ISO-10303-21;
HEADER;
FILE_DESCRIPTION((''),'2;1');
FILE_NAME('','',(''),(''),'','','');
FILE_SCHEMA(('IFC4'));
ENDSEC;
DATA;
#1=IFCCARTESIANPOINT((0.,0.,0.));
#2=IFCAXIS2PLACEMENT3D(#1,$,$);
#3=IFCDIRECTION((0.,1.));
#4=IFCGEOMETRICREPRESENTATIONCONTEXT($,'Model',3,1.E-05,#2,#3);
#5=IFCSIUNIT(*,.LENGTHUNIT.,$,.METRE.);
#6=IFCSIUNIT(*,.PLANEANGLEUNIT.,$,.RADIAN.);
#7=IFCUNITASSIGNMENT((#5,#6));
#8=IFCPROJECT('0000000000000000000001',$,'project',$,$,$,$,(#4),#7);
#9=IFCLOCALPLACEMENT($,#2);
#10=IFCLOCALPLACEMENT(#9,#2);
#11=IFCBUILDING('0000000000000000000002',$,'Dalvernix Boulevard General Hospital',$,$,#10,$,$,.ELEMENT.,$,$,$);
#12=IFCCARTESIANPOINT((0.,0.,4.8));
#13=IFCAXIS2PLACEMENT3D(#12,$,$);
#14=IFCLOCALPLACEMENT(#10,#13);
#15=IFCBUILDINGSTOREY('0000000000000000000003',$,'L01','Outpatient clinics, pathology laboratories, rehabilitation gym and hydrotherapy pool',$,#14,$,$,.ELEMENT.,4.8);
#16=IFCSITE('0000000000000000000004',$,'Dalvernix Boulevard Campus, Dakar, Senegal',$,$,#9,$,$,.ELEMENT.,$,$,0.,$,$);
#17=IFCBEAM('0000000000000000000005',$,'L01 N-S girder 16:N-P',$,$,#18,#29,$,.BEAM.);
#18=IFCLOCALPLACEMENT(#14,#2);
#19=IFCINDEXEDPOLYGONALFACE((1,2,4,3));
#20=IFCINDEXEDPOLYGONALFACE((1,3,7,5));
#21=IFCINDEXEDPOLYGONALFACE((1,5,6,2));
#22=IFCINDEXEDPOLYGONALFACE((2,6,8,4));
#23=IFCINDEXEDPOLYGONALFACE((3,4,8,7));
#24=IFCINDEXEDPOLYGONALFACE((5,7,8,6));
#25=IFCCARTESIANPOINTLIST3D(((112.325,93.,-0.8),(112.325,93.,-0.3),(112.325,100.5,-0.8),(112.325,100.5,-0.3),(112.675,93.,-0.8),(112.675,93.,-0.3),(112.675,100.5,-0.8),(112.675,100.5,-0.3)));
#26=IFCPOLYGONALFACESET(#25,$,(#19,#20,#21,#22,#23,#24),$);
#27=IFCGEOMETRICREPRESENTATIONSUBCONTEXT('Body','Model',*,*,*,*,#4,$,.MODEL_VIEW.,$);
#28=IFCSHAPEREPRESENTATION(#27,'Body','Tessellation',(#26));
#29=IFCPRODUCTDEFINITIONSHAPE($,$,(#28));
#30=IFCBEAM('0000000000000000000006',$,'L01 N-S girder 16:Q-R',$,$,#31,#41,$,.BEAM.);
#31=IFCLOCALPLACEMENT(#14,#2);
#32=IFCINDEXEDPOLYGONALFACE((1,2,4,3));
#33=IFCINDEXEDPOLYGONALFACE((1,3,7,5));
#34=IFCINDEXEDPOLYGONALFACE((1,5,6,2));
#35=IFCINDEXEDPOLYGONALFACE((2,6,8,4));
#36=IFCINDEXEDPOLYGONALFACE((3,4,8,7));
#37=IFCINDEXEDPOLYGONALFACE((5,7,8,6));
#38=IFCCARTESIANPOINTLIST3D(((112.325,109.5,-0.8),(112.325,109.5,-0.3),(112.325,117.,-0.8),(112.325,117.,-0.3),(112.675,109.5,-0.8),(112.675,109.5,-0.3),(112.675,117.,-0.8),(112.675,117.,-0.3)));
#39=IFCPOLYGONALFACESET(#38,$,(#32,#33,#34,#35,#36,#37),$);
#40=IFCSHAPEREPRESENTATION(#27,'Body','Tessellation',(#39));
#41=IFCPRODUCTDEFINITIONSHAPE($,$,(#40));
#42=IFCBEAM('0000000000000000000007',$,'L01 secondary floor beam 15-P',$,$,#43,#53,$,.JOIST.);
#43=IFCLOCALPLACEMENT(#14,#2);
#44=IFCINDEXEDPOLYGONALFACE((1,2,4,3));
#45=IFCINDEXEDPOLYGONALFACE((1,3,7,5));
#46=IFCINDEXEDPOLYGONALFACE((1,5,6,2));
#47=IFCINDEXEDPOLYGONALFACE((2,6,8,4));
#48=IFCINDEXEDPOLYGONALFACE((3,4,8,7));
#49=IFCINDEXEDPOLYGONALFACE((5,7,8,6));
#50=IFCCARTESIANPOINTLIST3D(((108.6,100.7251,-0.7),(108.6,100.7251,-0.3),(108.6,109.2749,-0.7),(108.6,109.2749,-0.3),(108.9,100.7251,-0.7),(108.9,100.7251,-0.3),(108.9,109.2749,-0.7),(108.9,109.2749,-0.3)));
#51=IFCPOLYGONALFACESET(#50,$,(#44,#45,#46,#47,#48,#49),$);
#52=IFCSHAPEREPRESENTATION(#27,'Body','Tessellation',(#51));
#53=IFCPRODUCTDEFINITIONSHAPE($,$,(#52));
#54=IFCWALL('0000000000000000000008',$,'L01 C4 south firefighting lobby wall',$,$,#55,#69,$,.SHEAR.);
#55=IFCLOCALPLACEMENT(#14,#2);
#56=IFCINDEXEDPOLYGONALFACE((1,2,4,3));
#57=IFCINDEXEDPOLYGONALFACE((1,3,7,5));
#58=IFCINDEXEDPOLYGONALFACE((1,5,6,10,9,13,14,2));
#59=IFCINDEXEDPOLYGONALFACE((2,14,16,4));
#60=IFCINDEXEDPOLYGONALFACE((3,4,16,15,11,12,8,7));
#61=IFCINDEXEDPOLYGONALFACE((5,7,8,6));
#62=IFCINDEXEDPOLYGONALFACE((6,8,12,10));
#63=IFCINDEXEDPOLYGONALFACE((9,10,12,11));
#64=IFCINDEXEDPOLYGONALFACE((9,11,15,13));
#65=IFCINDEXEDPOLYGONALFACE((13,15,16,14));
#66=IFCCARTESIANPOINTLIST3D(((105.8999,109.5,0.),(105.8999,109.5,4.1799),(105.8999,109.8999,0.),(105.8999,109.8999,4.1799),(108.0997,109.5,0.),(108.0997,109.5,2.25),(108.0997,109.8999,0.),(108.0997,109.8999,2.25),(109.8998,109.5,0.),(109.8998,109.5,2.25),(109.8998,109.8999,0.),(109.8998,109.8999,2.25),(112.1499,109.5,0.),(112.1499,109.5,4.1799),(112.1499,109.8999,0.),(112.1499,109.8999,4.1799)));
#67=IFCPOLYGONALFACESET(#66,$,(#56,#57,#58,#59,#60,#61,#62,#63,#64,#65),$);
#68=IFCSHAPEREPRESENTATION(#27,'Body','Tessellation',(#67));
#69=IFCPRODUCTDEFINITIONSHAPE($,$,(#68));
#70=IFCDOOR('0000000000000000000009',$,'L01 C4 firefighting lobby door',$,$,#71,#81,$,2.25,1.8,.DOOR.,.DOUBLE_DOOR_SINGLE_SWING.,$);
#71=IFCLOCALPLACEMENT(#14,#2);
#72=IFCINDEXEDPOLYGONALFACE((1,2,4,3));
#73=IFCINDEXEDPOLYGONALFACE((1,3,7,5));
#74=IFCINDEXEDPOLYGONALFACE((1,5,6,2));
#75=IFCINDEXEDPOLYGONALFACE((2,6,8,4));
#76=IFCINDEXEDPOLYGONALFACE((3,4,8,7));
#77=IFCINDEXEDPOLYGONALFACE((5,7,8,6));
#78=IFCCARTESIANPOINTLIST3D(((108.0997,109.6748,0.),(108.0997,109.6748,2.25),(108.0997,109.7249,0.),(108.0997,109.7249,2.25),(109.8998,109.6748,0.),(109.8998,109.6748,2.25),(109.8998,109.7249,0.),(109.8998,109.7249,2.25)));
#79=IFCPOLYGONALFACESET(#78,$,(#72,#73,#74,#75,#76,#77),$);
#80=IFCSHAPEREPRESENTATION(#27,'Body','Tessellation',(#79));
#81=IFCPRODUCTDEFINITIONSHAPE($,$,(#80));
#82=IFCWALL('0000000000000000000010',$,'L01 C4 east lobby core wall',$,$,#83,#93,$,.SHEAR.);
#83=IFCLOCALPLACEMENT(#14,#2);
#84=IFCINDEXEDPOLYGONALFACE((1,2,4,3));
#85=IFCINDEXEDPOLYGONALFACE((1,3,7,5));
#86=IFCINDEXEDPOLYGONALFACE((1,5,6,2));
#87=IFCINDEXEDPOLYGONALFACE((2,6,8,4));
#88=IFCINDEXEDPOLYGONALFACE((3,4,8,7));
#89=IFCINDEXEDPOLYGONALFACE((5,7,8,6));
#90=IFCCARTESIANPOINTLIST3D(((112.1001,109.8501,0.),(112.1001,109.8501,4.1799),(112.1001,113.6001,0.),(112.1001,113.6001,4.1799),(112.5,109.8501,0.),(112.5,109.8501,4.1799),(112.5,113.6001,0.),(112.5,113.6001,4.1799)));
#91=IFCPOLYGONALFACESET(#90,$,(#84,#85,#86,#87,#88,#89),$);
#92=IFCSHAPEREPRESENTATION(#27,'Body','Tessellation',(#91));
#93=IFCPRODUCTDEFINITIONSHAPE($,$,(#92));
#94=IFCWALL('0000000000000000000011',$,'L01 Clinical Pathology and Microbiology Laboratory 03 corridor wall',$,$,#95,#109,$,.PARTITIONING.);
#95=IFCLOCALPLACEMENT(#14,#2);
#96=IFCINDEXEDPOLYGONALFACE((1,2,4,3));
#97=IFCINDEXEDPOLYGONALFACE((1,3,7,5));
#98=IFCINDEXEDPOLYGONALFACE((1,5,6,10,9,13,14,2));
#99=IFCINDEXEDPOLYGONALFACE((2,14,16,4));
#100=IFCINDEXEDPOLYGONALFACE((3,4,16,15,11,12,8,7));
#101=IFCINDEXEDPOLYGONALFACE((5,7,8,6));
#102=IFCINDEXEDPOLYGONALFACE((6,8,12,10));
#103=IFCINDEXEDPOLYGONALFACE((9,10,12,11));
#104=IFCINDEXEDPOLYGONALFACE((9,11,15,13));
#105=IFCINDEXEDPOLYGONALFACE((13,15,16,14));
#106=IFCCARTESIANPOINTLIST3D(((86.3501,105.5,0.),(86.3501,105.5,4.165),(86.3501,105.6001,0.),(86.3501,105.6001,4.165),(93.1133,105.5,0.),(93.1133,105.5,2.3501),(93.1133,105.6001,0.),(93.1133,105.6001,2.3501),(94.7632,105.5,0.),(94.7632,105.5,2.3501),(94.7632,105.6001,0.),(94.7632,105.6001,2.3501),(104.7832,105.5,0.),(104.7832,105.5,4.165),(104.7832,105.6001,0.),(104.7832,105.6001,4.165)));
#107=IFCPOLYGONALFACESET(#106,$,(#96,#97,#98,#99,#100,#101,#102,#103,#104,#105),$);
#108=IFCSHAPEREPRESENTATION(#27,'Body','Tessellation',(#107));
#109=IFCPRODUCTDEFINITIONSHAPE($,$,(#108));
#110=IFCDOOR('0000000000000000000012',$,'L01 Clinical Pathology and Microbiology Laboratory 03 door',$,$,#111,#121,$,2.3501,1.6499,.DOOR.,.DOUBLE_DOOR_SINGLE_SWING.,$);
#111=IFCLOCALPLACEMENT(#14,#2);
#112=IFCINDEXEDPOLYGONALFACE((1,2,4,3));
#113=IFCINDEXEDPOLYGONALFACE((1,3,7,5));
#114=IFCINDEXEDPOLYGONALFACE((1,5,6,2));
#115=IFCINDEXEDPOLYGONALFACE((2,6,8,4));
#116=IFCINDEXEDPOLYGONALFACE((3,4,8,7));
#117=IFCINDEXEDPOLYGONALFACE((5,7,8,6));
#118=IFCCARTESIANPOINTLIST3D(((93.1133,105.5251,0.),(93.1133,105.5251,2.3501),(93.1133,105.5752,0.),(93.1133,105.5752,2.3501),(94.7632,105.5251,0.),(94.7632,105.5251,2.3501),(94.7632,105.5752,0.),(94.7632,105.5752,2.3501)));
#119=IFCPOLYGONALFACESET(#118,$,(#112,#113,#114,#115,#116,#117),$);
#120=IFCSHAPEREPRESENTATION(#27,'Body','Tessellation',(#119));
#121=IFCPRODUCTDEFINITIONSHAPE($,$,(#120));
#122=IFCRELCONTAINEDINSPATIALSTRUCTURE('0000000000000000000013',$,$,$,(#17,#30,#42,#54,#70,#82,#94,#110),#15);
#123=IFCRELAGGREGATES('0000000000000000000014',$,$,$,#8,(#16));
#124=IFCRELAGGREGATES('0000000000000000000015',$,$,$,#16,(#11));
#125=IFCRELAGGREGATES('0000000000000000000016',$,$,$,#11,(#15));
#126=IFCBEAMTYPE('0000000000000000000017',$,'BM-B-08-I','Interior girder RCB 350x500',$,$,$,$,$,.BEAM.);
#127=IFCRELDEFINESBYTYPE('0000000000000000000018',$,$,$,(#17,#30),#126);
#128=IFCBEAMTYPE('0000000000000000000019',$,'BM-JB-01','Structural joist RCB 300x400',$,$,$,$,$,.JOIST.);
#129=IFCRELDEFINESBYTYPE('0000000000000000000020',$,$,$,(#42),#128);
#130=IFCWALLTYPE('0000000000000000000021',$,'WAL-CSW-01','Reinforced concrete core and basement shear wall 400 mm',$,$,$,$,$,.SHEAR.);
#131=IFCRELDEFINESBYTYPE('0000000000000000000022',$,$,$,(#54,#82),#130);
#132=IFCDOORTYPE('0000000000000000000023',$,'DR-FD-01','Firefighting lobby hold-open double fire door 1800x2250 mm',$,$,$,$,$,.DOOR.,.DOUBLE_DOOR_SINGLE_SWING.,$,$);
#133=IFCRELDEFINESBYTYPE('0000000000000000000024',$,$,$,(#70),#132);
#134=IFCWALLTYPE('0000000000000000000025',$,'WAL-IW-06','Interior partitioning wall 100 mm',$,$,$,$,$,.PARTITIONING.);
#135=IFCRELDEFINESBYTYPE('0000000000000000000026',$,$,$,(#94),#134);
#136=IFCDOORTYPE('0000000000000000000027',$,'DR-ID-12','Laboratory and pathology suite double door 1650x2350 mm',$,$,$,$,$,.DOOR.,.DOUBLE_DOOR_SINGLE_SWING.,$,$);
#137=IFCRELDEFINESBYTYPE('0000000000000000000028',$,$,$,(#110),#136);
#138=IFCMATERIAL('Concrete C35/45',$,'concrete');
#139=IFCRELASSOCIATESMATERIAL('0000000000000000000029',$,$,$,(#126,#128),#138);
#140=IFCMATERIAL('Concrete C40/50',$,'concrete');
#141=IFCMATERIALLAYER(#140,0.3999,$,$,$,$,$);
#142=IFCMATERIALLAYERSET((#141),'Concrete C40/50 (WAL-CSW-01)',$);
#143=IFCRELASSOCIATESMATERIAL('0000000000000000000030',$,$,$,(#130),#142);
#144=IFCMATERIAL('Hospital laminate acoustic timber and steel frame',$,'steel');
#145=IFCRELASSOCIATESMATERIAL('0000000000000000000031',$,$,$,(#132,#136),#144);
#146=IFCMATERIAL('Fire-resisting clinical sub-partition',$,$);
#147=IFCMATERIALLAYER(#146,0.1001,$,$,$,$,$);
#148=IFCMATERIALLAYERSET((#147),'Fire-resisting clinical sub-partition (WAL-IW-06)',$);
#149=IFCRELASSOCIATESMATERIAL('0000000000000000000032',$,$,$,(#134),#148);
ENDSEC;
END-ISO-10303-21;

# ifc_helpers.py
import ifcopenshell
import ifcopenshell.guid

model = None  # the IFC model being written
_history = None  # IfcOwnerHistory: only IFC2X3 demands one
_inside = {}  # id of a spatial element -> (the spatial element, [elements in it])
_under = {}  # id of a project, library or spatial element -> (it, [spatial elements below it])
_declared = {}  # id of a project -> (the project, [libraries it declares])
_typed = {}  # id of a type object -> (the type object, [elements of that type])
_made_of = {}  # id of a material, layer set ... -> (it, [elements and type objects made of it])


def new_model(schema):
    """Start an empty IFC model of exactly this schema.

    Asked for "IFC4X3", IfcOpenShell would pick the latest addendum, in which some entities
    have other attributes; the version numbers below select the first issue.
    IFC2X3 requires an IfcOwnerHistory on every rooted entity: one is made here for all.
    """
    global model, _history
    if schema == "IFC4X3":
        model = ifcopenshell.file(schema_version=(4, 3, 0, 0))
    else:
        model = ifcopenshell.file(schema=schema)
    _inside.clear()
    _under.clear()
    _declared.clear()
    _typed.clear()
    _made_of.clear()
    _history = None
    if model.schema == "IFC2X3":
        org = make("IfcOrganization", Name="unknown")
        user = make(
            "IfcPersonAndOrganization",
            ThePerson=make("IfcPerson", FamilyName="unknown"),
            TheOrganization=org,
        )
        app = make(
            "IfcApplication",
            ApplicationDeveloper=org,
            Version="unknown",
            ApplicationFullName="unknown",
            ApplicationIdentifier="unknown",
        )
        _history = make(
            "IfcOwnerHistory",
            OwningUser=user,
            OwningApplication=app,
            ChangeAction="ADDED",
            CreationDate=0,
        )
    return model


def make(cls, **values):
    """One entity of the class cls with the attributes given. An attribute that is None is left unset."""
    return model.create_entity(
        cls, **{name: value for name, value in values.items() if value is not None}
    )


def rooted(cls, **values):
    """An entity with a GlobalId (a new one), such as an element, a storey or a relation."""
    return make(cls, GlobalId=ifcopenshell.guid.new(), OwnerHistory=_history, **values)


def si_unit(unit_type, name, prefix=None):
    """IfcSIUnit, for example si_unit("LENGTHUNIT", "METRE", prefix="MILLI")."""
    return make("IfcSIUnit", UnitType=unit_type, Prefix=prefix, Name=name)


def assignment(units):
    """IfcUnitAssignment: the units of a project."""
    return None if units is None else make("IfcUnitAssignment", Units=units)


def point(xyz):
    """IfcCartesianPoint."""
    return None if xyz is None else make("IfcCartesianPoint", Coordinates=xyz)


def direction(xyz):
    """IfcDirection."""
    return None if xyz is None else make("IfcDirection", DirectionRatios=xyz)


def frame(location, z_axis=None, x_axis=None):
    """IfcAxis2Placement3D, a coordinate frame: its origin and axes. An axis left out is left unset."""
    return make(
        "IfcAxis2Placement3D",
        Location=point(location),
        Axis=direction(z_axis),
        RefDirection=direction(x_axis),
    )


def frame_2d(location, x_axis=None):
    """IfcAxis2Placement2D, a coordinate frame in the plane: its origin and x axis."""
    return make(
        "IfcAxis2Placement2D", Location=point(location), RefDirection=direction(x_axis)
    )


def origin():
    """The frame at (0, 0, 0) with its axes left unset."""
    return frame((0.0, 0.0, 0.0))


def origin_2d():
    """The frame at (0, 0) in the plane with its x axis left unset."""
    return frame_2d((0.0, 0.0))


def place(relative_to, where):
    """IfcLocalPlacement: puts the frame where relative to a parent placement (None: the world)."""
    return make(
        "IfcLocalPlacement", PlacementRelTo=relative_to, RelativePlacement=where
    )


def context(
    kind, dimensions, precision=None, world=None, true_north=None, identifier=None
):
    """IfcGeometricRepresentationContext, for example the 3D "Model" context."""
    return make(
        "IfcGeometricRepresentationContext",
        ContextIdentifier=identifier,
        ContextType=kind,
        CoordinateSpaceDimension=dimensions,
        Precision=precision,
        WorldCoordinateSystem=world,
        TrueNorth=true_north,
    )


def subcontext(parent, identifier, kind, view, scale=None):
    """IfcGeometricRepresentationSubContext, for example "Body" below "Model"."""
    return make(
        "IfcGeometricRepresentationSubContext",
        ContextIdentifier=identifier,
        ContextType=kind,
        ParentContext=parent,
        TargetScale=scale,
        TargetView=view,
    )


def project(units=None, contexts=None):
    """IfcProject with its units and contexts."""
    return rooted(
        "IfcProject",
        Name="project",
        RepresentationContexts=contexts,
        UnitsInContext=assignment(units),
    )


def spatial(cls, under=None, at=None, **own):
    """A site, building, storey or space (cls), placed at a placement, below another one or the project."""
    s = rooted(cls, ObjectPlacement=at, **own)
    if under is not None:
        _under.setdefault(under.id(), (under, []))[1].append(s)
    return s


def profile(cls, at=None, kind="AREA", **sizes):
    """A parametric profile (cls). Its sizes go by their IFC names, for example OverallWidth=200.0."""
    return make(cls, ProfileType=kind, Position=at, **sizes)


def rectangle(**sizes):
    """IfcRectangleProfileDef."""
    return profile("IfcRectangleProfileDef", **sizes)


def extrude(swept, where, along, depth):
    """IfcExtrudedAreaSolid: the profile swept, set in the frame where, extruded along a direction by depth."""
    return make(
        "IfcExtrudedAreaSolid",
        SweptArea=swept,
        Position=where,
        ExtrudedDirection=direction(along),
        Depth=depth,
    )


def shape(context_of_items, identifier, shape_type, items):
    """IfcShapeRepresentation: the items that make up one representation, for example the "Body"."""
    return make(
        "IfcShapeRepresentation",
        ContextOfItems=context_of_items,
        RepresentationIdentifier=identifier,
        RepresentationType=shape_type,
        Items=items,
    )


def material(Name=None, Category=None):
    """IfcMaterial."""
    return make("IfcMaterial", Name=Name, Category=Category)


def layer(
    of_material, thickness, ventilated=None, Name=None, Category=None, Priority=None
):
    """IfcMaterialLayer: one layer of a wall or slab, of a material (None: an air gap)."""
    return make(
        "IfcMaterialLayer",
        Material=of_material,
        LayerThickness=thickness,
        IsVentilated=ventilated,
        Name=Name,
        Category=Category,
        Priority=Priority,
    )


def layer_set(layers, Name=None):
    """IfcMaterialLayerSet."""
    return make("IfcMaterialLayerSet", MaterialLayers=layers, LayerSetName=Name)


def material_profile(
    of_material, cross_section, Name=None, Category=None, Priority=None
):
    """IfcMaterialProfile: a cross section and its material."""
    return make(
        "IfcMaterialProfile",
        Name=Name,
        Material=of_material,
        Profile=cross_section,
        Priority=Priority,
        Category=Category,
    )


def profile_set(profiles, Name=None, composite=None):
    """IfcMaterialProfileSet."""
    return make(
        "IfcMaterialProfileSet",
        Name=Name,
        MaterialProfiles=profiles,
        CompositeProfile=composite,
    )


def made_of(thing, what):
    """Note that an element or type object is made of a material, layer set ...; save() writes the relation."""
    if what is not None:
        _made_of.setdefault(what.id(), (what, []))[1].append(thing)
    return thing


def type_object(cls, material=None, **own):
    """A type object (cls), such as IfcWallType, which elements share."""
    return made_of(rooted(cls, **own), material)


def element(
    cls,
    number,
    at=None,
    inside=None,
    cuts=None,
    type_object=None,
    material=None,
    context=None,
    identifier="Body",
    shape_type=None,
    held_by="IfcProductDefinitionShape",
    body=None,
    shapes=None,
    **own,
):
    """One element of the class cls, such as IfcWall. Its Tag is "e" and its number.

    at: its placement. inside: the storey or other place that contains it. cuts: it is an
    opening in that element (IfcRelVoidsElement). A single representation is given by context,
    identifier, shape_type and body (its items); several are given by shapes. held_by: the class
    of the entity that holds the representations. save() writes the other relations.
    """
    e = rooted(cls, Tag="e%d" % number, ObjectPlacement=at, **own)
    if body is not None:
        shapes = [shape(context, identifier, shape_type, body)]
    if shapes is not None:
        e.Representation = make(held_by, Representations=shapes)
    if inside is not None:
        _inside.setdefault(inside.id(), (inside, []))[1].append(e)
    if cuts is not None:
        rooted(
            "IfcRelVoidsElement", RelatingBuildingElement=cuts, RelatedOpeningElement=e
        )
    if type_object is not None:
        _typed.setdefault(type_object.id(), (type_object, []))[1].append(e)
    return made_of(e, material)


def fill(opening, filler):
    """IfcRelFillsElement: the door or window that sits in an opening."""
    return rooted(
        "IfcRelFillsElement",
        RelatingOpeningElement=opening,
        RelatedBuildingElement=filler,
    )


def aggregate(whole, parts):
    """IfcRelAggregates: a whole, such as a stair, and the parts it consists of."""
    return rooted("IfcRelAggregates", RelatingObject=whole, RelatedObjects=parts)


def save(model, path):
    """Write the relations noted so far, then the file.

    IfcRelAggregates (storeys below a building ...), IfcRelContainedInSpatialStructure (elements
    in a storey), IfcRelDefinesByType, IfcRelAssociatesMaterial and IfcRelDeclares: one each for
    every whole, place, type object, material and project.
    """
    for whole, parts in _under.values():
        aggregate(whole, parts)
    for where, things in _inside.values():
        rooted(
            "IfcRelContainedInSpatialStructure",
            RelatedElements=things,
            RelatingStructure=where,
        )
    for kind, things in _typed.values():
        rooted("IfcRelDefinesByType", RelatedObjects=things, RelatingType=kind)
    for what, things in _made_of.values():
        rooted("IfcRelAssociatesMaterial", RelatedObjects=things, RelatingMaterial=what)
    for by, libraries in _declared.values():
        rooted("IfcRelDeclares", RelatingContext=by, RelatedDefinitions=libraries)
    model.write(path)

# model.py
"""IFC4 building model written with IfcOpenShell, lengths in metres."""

from ifc_helpers import new_model, si_unit, direction, frame, frame_2d, origin, origin_2d, place, context, subcontext, project, spatial, rectangle, extrude, material, layer, layer_set, material_profile, profile_set, type_object, element, fill, save


model = new_model("IFC4")

# Units and contexts
model_context = context("Model", 3, precision=1e-05, world=origin(), true_north=direction((0.0, 1.0)))
body_context = subcontext(model_context, "Body", "Model", "MODEL_VIEW")
ifc_project = project(units=[si_unit("LENGTHUNIT", "METRE"), si_unit("PLANEANGLEUNIT", "RADIAN")], contexts=[model_context])

# Site, building, storey
site_placement = place(None, origin())
site = spatial("IfcSite", under=ifc_project, at=site_placement, Name="Dalvernix Boulevard Campus, Dakar, Senegal", CompositionType="ELEMENT", RefElevation=0.0)
building_placement = place(site_placement, origin())
building = spatial("IfcBuilding", under=site, at=building_placement, Name="Dalvernix Boulevard General Hospital", CompositionType="ELEMENT")
storey_placement = place(building_placement, frame((0.0, 0.0, 4.8)))
storey = spatial("IfcBuildingStorey", under=building, at=storey_placement, Name="L01", Description="Outpatient clinics, pathology laboratories, rehabilitation gym and hydrotherapy pool", CompositionType="ELEMENT", Elevation=4.8)

# Shared definitions
ifc_material_1 = material(Name="Concrete C40/50", Category="concrete")

# Beams
ifc_material_2 = material(Name="Concrete C35/45", Category="concrete")
ifc_material_profile_1 = material_profile(ifc_material_2, rectangle(XDim=0.3501, YDim=0.5, at=origin_2d()), Name="RCB 350x500")
ifc_profile_set_1 = profile_set([ifc_material_profile_1], Name="Concrete C35/45")
beam_type_1 = type_object("IfcBeamType", Name="BM-B-08-I", Description="Interior girder RCB 350x500", PredefinedType="BEAM", material=ifc_profile_set_1)
for number, where, z_axis, x_axis, name in (
    (1, (112.5, 93.0, -0.55), (0.0, 1.0, 0.0), (-1.0, 0.0, 0.0), "L01 N-S girder 16:N-P"),
    (2, (112.5, 109.5, -0.55), (0.0, 1.0, 0.0), (-1.0, 0.0, 0.0), "L01 N-S girder 16:Q-R"),
):
    element("IfcBeam", number, at=place(storey_placement, frame(where, z_axis=z_axis, x_axis=x_axis)), inside=storey, type_object=beam_type_1, Name=name, PredefinedType="BEAM", context=body_context, shape_type="SweptSolid", body=[
        extrude(rectangle(XDim=0.3501, YDim=0.5, at=origin_2d()), origin(), (0.0, 0.0, 1.0), 7.5),
    ])
ifc_material_profile_2 = material_profile(ifc_material_2, rectangle(XDim=0.3, YDim=0.3999, at=origin_2d()), Name="RCB 300x400")
ifc_profile_set_2 = profile_set([ifc_material_profile_2], Name="Concrete C35/45")
beam_type_2 = type_object("IfcBeamType", Name="BM-JB-01", Description="Structural joist RCB 300x400", PredefinedType="JOIST", material=ifc_profile_set_2)
beam_1_placement = place(storey_placement, frame((108.75, 100.7251, -0.5), z_axis=(0.0, 1.0, 0.0), x_axis=(-1.0, 0.0, 0.0)))
element("IfcBeam", 3, at=beam_1_placement, inside=storey, type_object=beam_type_2, Name="L01 secondary floor beam 15-P", PredefinedType="JOIST", context=body_context, shape_type="SweptSolid", body=[
    extrude(rectangle(XDim=0.3, YDim=0.3999, at=origin_2d()), origin(), (0.0, 0.0, 1.0), 8.5498),
])

# Wall, opening, door
ifc_layer_1 = layer(ifc_material_1, 0.3999)
ifc_layer_set_1 = layer_set([ifc_layer_1], Name="Concrete C40/50 (WAL-CSW-01)")
wall_type_1 = type_object("IfcWallType", Name="WAL-CSW-01", Description="Reinforced concrete core and basement shear wall 400 mm", PredefinedType="SHEAR", material=ifc_layer_set_1)
wall_1_placement = place(storey_placement, frame((105.8999, 109.7, 0.0), z_axis=(0.0, 0.0, 1.0), x_axis=(1.0, 0.0, 0.0)))
wall_1 = element("IfcWall", 4, at=wall_1_placement, inside=storey, type_object=wall_type_1, Name="L01 C4 south firefighting lobby wall", PredefinedType="SHEAR", context=body_context, shape_type="SweptSolid", body=[
    extrude(rectangle(XDim=6.25, YDim=0.3999, at=frame_2d((3.125, 0.0))), origin(), (0.0, 0.0, 1.0), 4.1799),
])
opening_1_placement = place(wall_1_placement, frame((2.2, 0.0, 0.0)))
opening_1 = element("IfcOpeningElement", 5, at=opening_1_placement, cuts=wall_1, PredefinedType="OPENING", context=body_context, shape_type="SweptSolid", body=[
    extrude(rectangle(XDim=1.8, YDim=2.25, at=frame_2d((0.8999, 1.125))), frame((0.0, 0.21, 0.0), z_axis=(0.0, -1.0, 0.0), x_axis=(1.0, 0.0, 0.0)), (0.0, 0.0, 1.0), 0.4199),
])
ifc_material_3 = material(Name="Hospital laminate acoustic timber and steel frame", Category="steel")
door_type_1 = type_object("IfcDoorType", Name="DR-FD-01", Description="Firefighting lobby hold-open double fire door 1800x2250 mm", OperationType="DOUBLE_DOOR_SINGLE_SWING", PredefinedType="DOOR", material=ifc_material_3)
door_1_placement = place(opening_1_placement, origin())
door_1 = element("IfcDoor", 6, at=door_1_placement, inside=storey, type_object=door_type_1, Name="L01 C4 firefighting lobby door", OperationType="DOUBLE_DOOR_SINGLE_SWING", OverallHeight=2.25, OverallWidth=1.8, PredefinedType="DOOR", context=body_context, shape_type="SweptSolid", body=[
    extrude(rectangle(XDim=1.8, YDim=2.25, at=frame_2d((0.8999, 1.125))), frame((0.0, 0.0249, 0.0), z_axis=(0.0, -1.0, 0.0), x_axis=(1.0, 0.0, 0.0)), (0.0, 0.0, 1.0), 0.05),
])
fill(opening_1, door_1)

# Wall
wall_2_placement = place(storey_placement, frame((112.3, 109.8501, 0.0), z_axis=(0.0, 0.0, 1.0), x_axis=(0.0, 1.0, 0.0)))
element("IfcWall", 7, at=wall_2_placement, inside=storey, type_object=wall_type_1, Name="L01 C4 east lobby core wall", PredefinedType="SHEAR", context=body_context, shape_type="SweptSolid", body=[
    extrude(rectangle(XDim=3.75, YDim=0.3999, at=frame_2d((1.875, 0.0))), origin(), (0.0, 0.0, 1.0), 4.1799),
])

# Wall, opening, door
ifc_material_4 = material(Name="Fire-resisting clinical sub-partition")
ifc_layer_2 = layer(ifc_material_4, 0.1001)
ifc_layer_set_2 = layer_set([ifc_layer_2], Name="Fire-resisting clinical sub-partition (WAL-IW-06)")
wall_type_2 = type_object("IfcWallType", Name="WAL-IW-06", Description="Interior partitioning wall 100 mm", PredefinedType="PARTITIONING", material=ifc_layer_set_2)
wall_3_placement = place(storey_placement, frame((104.7832, 105.55, 0.0), z_axis=(0.0, 0.0, 1.0), x_axis=(-1.0, 0.0, 0.0)))
wall_3 = element("IfcWall", 8, at=wall_3_placement, inside=storey, type_object=wall_type_2, Name="L01 Clinical Pathology and Microbiology Laboratory 03 corridor wall", PredefinedType="PARTITIONING", context=body_context, shape_type="SweptSolid", body=[
    extrude(rectangle(XDim=18.4331, YDim=0.1001, at=frame_2d((9.2166, 0.0))), origin(), (0.0, 0.0, 1.0), 4.165),
])
opening_2_placement = place(wall_3_placement, frame((10.02, 0.0, 0.0)))
opening_2 = element("IfcOpeningElement", 9, at=opening_2_placement, cuts=wall_3, PredefinedType="OPENING", context=body_context, shape_type="SweptSolid", body=[
    extrude(rectangle(XDim=1.6499, YDim=2.3501, at=frame_2d((0.825, 1.175))), frame((0.0, 0.0601, 0.0), z_axis=(0.0, -1.0, 0.0), x_axis=(1.0, 0.0, 0.0)), (0.0, 0.0, 1.0), 0.1201),
])
door_type_2 = type_object("IfcDoorType", Name="DR-ID-12", Description="Laboratory and pathology suite double door 1650x2350 mm", OperationType="DOUBLE_DOOR_SINGLE_SWING", PredefinedType="DOOR", material=ifc_material_3)
door_2_placement = place(opening_2_placement, origin())
door_2 = element("IfcDoor", 10, at=door_2_placement, inside=storey, type_object=door_type_2, Name="L01 Clinical Pathology and Microbiology Laboratory 03 door", OperationType="DOUBLE_DOOR_SINGLE_SWING", OverallHeight=2.3501, OverallWidth=1.6499, PredefinedType="DOOR", context=body_context, shape_type="SweptSolid", body=[
    extrude(rectangle(XDim=1.6499, YDim=2.3501, at=frame_2d((0.825, 1.175))), frame((0.0, 0.0249, 0.0), z_axis=(0.0, -1.0, 0.0), x_axis=(1.0, 0.0, 0.0)), (0.0, 0.0, 1.0), 0.05),
])
fill(opening_2, door_2)

save(model, "model.ifc")
